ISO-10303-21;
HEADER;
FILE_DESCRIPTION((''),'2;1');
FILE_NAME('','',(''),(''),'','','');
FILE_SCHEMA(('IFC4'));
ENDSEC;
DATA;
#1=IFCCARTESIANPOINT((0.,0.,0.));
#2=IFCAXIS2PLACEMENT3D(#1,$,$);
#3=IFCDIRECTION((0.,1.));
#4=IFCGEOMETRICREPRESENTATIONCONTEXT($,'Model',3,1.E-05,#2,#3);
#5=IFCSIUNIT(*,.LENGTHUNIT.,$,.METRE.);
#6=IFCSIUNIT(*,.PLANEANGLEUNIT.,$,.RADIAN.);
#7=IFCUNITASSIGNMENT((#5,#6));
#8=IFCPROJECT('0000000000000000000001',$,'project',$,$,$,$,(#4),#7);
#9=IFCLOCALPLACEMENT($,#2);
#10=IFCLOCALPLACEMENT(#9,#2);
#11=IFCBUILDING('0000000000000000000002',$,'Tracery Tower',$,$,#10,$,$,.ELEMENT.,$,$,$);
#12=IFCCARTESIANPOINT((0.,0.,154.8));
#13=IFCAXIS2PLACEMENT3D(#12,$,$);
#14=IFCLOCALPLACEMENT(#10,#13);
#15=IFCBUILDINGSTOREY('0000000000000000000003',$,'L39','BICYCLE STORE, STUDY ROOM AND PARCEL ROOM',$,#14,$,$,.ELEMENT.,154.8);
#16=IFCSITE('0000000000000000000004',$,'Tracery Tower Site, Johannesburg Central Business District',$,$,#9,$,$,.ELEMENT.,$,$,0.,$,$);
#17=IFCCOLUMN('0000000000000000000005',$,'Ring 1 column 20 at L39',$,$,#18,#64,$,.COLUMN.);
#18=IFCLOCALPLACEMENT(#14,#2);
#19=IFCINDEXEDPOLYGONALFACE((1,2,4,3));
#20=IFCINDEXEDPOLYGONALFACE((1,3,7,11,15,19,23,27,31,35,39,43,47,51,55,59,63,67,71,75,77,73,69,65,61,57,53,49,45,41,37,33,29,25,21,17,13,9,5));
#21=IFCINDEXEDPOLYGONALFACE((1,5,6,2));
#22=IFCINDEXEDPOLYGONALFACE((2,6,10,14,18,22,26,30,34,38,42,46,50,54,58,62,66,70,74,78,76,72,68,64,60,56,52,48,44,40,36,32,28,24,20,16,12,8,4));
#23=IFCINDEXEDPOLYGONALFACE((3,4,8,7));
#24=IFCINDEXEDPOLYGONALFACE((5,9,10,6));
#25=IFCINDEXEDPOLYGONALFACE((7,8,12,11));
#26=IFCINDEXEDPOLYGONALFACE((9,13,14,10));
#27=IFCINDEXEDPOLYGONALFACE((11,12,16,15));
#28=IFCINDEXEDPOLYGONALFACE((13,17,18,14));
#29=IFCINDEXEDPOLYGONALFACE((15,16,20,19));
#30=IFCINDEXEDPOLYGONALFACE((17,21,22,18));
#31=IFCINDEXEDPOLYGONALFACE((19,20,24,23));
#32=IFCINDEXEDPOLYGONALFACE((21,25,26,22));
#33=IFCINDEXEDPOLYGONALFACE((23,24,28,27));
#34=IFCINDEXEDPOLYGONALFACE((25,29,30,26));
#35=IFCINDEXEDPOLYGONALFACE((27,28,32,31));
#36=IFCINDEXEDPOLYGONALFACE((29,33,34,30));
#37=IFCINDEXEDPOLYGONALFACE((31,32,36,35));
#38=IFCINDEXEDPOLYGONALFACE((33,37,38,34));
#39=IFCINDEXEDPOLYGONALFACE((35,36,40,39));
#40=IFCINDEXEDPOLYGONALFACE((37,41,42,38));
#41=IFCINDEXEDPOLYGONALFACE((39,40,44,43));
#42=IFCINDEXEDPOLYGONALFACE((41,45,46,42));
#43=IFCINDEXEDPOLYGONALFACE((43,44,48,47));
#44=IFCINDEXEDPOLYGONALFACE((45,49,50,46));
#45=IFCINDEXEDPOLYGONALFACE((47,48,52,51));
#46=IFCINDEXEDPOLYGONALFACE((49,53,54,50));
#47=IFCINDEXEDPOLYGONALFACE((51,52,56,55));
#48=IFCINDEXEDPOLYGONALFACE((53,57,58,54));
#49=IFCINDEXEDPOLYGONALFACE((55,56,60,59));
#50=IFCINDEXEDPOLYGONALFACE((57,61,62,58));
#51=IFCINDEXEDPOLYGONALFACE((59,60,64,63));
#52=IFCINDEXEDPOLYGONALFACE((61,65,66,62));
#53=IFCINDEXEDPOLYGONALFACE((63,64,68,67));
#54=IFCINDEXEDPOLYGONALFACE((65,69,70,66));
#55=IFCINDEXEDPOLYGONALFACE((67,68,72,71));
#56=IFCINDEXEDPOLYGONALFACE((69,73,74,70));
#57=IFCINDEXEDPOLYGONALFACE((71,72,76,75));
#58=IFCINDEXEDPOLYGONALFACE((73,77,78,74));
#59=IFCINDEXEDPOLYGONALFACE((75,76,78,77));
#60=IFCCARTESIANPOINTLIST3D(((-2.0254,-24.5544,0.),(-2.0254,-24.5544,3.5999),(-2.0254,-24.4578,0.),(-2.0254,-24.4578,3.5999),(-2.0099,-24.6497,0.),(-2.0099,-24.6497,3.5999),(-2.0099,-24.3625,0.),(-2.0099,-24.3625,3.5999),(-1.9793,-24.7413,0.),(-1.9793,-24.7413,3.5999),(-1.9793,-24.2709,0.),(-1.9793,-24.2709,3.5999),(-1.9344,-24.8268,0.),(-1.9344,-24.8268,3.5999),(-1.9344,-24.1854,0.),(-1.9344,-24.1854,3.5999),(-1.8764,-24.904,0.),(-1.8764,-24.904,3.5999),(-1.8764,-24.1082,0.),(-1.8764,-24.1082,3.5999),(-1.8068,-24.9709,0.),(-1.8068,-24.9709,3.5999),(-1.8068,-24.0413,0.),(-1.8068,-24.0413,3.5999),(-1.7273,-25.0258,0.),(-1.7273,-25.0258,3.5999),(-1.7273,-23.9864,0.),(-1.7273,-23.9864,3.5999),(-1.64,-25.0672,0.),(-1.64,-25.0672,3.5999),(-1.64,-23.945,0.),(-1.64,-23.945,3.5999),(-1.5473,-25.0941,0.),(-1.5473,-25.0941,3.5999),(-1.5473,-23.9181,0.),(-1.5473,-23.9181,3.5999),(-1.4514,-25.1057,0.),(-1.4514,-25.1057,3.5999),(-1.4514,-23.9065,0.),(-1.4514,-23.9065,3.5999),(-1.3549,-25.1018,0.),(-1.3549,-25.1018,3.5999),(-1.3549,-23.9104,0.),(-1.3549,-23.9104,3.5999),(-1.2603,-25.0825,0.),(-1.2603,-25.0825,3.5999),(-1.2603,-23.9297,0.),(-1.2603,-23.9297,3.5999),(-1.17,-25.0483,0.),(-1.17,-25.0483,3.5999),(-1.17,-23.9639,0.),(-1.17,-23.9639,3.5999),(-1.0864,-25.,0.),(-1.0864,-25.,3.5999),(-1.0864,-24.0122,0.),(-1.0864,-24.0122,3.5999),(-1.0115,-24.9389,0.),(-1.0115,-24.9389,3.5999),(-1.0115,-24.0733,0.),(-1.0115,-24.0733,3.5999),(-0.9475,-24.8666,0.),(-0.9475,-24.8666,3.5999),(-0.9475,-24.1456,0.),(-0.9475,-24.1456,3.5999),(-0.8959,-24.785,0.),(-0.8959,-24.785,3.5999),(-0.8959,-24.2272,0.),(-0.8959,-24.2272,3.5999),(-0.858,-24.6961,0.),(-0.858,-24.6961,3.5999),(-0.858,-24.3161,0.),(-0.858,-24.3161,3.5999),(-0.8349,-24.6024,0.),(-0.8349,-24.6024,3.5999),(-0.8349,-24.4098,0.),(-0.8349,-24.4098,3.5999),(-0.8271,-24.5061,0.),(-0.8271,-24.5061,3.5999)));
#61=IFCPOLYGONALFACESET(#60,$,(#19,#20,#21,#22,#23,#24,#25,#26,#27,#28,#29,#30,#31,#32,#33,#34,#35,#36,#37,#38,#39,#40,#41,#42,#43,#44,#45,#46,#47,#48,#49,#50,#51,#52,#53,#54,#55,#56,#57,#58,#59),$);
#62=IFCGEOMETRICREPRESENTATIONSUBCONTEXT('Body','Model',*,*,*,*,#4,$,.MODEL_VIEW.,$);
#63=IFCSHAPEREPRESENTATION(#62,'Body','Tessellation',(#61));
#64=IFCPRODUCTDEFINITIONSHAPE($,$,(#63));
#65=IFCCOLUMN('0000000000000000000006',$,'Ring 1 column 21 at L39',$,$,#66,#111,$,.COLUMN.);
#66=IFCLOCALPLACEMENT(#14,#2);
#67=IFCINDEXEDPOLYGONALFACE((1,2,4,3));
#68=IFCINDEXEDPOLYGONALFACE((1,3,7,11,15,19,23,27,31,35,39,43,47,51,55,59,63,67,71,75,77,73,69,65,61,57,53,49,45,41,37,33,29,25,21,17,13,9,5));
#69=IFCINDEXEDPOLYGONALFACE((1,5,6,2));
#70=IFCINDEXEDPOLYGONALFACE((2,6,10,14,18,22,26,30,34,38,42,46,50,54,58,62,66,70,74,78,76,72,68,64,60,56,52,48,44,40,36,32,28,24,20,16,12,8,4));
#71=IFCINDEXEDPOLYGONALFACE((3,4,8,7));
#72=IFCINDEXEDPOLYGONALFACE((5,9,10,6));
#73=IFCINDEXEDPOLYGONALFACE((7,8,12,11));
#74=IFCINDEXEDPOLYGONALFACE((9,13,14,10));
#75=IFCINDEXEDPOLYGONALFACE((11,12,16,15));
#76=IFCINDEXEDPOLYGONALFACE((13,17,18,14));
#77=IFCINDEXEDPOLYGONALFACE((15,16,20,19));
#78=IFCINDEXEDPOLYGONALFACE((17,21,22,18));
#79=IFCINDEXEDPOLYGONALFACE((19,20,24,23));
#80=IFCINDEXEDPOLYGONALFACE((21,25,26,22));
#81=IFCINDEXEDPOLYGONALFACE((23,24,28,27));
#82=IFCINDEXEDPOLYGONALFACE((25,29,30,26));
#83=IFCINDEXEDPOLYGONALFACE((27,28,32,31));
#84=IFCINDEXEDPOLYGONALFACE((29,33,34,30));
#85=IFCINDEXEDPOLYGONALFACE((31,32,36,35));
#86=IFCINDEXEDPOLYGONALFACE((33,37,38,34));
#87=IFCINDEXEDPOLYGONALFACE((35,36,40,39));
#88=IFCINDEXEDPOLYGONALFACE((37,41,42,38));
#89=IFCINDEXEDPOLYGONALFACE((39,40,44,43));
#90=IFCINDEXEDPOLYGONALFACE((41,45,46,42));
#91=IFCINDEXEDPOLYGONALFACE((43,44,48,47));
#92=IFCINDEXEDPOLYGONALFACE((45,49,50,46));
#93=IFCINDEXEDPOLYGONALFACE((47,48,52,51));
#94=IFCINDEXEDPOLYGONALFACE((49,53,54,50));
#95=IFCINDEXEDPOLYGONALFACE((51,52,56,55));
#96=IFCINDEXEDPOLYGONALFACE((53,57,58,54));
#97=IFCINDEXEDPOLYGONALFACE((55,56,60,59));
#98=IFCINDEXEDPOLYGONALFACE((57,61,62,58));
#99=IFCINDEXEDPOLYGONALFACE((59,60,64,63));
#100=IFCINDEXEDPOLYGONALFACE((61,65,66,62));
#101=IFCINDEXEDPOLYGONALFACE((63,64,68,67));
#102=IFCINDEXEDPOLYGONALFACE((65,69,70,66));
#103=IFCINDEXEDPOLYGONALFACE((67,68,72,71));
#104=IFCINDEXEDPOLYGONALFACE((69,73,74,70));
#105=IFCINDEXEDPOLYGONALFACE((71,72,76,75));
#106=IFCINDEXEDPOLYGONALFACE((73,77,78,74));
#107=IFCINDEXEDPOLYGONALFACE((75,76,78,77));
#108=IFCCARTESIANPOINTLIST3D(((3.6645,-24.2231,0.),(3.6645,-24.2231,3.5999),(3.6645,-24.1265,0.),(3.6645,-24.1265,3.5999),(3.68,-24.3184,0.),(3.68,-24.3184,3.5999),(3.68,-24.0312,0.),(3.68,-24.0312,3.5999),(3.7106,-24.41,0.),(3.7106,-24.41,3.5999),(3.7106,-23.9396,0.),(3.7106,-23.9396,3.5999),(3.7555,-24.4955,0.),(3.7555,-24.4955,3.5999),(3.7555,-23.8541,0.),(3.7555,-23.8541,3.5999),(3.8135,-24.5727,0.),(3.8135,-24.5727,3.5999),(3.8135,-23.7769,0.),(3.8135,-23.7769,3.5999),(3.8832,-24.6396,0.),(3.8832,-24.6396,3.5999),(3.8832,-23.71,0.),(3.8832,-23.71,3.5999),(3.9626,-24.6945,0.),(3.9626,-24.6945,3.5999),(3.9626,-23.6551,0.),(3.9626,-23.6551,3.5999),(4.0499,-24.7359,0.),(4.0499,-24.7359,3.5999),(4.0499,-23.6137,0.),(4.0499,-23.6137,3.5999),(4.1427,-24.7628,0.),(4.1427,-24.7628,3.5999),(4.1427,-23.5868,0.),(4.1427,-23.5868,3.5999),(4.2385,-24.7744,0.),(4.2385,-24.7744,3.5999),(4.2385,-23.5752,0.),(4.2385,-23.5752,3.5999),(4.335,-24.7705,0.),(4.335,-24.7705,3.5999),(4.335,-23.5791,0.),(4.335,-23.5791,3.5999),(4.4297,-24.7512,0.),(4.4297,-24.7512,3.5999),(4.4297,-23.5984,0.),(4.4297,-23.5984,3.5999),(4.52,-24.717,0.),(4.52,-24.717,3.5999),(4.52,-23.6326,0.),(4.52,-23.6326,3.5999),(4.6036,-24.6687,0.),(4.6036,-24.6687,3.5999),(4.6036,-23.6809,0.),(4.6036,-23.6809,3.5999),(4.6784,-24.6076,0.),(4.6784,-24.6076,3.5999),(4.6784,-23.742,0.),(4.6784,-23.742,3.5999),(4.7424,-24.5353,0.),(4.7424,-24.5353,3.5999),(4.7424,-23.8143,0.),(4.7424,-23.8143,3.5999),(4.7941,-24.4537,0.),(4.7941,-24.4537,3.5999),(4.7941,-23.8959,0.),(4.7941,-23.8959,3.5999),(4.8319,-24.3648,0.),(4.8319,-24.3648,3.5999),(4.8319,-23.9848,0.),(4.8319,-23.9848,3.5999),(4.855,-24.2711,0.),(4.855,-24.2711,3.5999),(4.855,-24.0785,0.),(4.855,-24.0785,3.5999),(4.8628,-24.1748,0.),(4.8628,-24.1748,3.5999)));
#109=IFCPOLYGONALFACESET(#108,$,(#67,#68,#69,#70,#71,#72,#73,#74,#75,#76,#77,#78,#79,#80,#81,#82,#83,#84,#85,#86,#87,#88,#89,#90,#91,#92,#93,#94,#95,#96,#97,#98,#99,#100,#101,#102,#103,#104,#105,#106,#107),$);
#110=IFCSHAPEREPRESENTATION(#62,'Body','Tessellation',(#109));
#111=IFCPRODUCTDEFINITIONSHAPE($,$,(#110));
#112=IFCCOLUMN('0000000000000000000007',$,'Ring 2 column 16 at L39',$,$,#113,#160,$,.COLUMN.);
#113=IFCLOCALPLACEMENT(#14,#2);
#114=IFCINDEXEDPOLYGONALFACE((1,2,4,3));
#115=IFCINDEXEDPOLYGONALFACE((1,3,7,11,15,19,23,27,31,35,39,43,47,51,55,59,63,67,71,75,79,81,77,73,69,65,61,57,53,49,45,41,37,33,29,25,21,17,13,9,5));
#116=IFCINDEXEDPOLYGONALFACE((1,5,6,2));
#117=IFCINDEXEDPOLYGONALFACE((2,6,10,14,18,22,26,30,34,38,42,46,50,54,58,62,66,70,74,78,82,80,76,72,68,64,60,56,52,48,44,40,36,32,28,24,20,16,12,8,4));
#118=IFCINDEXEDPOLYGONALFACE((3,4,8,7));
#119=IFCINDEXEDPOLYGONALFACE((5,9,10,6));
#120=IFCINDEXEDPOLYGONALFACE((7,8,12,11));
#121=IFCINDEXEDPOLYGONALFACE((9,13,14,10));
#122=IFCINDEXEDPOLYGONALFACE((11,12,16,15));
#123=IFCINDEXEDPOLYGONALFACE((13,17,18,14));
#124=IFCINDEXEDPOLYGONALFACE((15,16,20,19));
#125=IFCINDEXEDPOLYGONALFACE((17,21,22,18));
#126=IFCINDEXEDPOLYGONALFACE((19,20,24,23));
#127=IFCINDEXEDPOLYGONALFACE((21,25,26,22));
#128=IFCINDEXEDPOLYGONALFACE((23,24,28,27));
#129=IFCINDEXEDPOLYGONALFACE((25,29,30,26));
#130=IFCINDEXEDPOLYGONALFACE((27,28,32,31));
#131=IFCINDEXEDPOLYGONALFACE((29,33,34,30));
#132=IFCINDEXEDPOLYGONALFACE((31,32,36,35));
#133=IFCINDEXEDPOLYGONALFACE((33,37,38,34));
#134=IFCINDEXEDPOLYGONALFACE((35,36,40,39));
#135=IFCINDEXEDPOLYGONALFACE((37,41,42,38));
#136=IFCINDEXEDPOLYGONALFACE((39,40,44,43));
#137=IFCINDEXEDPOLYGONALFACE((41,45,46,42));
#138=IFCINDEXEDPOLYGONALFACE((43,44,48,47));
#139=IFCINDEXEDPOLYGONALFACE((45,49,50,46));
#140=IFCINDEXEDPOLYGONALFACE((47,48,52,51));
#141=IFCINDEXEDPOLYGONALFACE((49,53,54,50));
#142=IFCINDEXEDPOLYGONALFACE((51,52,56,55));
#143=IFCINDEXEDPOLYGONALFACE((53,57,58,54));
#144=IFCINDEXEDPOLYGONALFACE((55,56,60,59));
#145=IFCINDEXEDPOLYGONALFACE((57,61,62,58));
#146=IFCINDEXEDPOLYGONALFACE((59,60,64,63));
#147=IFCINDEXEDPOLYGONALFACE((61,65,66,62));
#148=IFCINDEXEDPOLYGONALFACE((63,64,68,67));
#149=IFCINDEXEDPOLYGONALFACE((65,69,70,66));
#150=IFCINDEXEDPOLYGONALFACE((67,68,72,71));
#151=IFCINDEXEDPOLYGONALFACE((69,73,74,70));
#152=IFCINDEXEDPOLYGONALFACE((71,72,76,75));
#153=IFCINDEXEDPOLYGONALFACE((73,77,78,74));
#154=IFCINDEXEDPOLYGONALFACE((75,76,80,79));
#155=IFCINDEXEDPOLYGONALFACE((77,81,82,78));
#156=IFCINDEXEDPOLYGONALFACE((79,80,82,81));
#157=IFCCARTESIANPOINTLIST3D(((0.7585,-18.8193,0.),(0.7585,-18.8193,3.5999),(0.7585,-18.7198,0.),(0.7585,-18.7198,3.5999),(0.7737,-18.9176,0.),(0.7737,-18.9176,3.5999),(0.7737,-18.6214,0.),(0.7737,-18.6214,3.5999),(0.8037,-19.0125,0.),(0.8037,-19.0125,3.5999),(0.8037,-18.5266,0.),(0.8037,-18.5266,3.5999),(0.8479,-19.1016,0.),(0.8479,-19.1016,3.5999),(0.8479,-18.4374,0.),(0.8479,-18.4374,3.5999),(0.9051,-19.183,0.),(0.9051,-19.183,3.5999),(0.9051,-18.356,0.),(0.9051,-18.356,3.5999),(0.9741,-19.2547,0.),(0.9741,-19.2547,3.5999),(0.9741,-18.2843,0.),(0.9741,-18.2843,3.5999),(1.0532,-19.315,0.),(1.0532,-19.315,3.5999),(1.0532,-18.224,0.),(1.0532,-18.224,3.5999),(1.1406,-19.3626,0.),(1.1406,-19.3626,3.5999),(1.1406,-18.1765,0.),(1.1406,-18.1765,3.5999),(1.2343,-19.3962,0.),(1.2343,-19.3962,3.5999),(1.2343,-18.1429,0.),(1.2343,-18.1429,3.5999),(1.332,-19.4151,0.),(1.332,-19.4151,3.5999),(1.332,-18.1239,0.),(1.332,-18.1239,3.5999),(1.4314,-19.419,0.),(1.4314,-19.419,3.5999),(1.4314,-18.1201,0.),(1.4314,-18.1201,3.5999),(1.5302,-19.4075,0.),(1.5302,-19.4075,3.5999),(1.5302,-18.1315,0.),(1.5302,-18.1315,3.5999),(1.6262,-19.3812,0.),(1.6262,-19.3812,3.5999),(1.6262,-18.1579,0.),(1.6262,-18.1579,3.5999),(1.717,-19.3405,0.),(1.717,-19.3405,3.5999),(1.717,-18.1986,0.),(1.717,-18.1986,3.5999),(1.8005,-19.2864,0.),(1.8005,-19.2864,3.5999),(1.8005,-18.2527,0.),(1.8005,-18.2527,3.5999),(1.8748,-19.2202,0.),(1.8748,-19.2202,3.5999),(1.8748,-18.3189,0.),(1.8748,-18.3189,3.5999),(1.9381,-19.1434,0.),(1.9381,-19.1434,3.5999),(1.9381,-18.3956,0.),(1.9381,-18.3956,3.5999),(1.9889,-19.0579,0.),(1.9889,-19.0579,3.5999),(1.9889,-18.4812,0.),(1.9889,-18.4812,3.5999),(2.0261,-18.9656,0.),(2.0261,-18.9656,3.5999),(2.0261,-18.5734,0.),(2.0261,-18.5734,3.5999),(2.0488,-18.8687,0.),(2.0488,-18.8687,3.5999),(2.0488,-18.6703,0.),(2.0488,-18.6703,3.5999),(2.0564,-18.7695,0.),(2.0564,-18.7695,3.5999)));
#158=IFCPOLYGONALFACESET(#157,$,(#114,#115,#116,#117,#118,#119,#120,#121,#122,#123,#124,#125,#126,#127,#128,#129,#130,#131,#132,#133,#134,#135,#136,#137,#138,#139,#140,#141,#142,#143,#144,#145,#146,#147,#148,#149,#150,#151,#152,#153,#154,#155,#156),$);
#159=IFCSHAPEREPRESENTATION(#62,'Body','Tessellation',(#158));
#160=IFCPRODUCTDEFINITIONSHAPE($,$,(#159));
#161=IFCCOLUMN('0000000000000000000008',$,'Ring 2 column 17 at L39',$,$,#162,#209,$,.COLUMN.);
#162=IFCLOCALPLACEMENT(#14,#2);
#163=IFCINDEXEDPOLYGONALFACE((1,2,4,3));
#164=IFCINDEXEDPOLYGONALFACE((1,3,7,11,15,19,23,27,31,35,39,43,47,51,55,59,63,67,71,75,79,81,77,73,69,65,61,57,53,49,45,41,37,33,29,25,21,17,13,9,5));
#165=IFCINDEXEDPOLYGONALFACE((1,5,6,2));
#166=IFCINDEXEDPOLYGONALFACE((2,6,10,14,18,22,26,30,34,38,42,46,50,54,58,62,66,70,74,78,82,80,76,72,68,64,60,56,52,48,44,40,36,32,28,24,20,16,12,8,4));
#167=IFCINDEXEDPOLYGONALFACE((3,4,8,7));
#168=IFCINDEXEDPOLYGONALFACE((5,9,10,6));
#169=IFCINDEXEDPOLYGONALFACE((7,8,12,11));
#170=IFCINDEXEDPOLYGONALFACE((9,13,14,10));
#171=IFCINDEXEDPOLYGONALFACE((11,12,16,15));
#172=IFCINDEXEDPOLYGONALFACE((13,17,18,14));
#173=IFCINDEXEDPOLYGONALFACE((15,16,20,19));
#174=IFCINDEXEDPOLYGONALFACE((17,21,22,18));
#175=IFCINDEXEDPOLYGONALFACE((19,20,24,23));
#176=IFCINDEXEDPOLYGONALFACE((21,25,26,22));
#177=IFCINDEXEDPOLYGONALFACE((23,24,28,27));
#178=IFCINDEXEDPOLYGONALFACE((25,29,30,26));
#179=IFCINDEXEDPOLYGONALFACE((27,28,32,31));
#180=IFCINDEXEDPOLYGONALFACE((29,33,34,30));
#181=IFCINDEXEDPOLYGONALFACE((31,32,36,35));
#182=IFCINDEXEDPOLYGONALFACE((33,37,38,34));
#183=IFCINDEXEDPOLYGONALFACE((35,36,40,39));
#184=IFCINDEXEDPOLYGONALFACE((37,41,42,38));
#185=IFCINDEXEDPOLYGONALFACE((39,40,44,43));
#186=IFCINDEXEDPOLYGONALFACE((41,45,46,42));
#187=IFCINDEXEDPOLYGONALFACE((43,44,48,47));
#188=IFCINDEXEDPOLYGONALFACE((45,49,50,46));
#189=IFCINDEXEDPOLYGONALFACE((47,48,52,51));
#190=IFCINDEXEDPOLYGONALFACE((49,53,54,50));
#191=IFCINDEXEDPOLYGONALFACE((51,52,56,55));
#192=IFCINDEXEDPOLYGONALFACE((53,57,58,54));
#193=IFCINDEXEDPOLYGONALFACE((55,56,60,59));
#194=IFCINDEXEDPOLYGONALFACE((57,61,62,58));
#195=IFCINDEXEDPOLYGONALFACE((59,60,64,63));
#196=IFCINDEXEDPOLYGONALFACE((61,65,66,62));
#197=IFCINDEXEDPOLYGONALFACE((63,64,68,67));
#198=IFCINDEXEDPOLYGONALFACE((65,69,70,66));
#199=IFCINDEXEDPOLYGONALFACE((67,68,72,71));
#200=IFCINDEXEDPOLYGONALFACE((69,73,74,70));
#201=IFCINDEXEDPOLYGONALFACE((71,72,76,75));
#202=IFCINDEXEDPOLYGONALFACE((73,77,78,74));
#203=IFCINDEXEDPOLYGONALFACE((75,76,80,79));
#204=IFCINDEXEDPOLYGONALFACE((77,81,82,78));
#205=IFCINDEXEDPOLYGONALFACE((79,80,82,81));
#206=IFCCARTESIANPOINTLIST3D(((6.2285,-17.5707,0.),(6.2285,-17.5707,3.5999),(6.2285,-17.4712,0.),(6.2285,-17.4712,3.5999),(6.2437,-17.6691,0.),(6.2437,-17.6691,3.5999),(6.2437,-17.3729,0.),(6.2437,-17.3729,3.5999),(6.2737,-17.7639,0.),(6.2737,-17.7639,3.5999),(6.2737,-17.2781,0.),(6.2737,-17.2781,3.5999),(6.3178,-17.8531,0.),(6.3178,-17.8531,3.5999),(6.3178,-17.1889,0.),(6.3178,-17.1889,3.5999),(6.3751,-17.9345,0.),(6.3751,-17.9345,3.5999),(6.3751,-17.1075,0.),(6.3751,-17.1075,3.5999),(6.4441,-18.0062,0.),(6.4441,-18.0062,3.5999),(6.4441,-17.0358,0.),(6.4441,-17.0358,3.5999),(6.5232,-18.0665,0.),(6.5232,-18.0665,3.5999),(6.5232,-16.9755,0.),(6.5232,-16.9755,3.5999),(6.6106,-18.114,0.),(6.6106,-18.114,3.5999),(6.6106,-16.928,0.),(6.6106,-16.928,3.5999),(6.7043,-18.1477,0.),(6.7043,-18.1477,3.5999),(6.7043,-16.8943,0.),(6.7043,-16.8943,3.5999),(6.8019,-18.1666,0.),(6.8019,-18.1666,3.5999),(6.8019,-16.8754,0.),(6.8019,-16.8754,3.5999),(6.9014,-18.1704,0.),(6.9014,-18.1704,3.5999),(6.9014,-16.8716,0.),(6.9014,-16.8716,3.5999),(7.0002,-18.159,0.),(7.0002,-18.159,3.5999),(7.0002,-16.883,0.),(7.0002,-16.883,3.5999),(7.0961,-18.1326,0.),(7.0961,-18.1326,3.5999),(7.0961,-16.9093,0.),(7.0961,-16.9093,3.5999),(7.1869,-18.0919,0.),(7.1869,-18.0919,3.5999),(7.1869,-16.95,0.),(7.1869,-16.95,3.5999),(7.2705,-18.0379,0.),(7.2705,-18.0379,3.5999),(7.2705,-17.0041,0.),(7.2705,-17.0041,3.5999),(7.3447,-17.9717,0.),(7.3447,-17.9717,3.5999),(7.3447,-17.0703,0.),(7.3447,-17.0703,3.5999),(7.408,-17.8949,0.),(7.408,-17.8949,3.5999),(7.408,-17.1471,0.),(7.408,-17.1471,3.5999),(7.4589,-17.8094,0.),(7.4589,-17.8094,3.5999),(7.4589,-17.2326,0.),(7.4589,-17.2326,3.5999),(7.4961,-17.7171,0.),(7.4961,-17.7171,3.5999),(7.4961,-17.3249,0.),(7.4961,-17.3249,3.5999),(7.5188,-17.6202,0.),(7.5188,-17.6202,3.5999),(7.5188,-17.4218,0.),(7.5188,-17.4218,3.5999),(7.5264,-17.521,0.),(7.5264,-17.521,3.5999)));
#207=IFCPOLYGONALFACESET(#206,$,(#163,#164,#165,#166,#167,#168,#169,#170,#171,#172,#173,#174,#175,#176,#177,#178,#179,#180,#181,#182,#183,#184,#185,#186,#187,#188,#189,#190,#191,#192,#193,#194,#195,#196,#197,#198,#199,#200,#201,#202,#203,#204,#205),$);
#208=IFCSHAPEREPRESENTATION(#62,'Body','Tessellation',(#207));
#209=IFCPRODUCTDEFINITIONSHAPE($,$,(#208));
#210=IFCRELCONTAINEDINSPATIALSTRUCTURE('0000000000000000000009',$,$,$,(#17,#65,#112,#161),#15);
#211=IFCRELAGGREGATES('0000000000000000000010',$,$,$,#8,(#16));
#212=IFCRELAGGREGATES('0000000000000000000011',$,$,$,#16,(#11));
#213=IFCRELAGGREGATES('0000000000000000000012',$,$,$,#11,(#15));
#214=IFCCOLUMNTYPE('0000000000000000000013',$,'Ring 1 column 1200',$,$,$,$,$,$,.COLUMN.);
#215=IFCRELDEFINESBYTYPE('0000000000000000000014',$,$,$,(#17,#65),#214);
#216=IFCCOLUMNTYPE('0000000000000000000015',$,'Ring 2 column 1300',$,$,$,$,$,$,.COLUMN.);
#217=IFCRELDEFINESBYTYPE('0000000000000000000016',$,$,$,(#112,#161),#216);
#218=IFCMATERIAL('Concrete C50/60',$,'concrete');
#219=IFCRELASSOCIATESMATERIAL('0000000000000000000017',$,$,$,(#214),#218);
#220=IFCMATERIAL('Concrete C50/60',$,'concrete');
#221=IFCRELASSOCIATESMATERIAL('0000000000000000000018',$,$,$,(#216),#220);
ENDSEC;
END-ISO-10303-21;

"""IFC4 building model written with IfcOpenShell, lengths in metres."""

from ifc_helpers import new_model, si_unit, direction, frame, origin, origin_2d, place, context, subcontext, project, spatial, circle, extrude, material, material_profile, profile_set, type_object, element, save


model = new_model("IFC4")

# Units and contexts
model_context = context("Model", 3, precision=1e-05, world=origin(), true_north=direction((0.0, 1.0)))
body_context = subcontext(model_context, "Body", "Model", "MODEL_VIEW")
ifc_project = project(units=[si_unit("LENGTHUNIT", "METRE"), si_unit("PLANEANGLEUNIT", "RADIAN")], contexts=[model_context])

# Site, building, storey
site_placement = place(None, origin())
site = spatial("IfcSite", under=ifc_project, at=site_placement, Name="Tracery Tower Site, Johannesburg Central Business District", CompositionType="ELEMENT", RefElevation=0.0)
building_placement = place(site_placement, origin())
building = spatial("IfcBuilding", under=site, at=building_placement, Name="Tracery Tower", CompositionType="ELEMENT")
storey_placement = place(building_placement, frame((0.0, 0.0, 154.8)))
storey = spatial("IfcBuildingStorey", under=building, at=storey_placement, Name="L39", Description="BICYCLE STORE, STUDY ROOM AND PARCEL ROOM", CompositionType="ELEMENT", Elevation=154.8)

# Columns
ifc_material_1 = material(Name="Concrete C50/60", Category="concrete")
ifc_material_profile_1 = material_profile(ifc_material_1, circle(Radius=0.6001, at=origin_2d()), Name="RC D1200")
ifc_profile_set_1 = profile_set([ifc_material_profile_1], Name="Concrete C50/60")
column_type_1 = type_object("IfcColumnType", Name="Ring 1 column 1200", PredefinedType="COLUMN", material=ifc_profile_set_1)
for number, where, z_axis, x_axis, name in (
    (1, (-1.4272, -24.5061, 0.0), (0.0, 0.0, 1.0), (1.0, 0.0, 0.0), "Ring 1 column 20 at L39"),
    (2, (4.2627, -24.1748, 0.0), (0.0, 0.0, 1.0), (1.0, 0.0, 0.0), "Ring 1 column 21 at L39"),
):
    element("IfcColumn", number, at=place(storey_placement, frame(where, z_axis=z_axis, x_axis=x_axis)), inside=storey, type_object=column_type_1, Name=name, PredefinedType="COLUMN", context=body_context, shape_type="SweptSolid", body=[
        extrude(circle(Radius=0.6001, at=origin_2d()), origin(), (0.0, 0.0, 1.0), 3.5999),
    ])
ifc_material_2 = material(Name="Concrete C50/60", Category="concrete")
ifc_material_profile_2 = material_profile(ifc_material_2, circle(Radius=0.6499, at=origin_2d()), Name="RC D1300")
ifc_profile_set_2 = profile_set([ifc_material_profile_2], Name="Concrete C50/60")
column_type_2 = type_object("IfcColumnType", Name="Ring 2 column 1300", PredefinedType="COLUMN", material=ifc_profile_set_2)
for number, where, z_axis, x_axis, name in (
    (3, (1.4065, -18.7695, 0.0), (0.0, 0.0, 1.0), (1.0, 0.0, 0.0), "Ring 2 column 16 at L39"),
    (4, (6.8765, -17.521, 0.0), (0.0, 0.0, 1.0), (1.0, 0.0, 0.0), "Ring 2 column 17 at L39"),
):
    element("IfcColumn", number, at=place(storey_placement, frame(where, z_axis=z_axis, x_axis=x_axis)), inside=storey, type_object=column_type_2, Name=name, PredefinedType="COLUMN", context=body_context, shape_type="SweptSolid", body=[
        extrude(circle(Radius=0.6499, at=origin_2d()), origin(), (0.0, 0.0, 1.0), 3.5999),
    ])

save(model, "model.ifc")
